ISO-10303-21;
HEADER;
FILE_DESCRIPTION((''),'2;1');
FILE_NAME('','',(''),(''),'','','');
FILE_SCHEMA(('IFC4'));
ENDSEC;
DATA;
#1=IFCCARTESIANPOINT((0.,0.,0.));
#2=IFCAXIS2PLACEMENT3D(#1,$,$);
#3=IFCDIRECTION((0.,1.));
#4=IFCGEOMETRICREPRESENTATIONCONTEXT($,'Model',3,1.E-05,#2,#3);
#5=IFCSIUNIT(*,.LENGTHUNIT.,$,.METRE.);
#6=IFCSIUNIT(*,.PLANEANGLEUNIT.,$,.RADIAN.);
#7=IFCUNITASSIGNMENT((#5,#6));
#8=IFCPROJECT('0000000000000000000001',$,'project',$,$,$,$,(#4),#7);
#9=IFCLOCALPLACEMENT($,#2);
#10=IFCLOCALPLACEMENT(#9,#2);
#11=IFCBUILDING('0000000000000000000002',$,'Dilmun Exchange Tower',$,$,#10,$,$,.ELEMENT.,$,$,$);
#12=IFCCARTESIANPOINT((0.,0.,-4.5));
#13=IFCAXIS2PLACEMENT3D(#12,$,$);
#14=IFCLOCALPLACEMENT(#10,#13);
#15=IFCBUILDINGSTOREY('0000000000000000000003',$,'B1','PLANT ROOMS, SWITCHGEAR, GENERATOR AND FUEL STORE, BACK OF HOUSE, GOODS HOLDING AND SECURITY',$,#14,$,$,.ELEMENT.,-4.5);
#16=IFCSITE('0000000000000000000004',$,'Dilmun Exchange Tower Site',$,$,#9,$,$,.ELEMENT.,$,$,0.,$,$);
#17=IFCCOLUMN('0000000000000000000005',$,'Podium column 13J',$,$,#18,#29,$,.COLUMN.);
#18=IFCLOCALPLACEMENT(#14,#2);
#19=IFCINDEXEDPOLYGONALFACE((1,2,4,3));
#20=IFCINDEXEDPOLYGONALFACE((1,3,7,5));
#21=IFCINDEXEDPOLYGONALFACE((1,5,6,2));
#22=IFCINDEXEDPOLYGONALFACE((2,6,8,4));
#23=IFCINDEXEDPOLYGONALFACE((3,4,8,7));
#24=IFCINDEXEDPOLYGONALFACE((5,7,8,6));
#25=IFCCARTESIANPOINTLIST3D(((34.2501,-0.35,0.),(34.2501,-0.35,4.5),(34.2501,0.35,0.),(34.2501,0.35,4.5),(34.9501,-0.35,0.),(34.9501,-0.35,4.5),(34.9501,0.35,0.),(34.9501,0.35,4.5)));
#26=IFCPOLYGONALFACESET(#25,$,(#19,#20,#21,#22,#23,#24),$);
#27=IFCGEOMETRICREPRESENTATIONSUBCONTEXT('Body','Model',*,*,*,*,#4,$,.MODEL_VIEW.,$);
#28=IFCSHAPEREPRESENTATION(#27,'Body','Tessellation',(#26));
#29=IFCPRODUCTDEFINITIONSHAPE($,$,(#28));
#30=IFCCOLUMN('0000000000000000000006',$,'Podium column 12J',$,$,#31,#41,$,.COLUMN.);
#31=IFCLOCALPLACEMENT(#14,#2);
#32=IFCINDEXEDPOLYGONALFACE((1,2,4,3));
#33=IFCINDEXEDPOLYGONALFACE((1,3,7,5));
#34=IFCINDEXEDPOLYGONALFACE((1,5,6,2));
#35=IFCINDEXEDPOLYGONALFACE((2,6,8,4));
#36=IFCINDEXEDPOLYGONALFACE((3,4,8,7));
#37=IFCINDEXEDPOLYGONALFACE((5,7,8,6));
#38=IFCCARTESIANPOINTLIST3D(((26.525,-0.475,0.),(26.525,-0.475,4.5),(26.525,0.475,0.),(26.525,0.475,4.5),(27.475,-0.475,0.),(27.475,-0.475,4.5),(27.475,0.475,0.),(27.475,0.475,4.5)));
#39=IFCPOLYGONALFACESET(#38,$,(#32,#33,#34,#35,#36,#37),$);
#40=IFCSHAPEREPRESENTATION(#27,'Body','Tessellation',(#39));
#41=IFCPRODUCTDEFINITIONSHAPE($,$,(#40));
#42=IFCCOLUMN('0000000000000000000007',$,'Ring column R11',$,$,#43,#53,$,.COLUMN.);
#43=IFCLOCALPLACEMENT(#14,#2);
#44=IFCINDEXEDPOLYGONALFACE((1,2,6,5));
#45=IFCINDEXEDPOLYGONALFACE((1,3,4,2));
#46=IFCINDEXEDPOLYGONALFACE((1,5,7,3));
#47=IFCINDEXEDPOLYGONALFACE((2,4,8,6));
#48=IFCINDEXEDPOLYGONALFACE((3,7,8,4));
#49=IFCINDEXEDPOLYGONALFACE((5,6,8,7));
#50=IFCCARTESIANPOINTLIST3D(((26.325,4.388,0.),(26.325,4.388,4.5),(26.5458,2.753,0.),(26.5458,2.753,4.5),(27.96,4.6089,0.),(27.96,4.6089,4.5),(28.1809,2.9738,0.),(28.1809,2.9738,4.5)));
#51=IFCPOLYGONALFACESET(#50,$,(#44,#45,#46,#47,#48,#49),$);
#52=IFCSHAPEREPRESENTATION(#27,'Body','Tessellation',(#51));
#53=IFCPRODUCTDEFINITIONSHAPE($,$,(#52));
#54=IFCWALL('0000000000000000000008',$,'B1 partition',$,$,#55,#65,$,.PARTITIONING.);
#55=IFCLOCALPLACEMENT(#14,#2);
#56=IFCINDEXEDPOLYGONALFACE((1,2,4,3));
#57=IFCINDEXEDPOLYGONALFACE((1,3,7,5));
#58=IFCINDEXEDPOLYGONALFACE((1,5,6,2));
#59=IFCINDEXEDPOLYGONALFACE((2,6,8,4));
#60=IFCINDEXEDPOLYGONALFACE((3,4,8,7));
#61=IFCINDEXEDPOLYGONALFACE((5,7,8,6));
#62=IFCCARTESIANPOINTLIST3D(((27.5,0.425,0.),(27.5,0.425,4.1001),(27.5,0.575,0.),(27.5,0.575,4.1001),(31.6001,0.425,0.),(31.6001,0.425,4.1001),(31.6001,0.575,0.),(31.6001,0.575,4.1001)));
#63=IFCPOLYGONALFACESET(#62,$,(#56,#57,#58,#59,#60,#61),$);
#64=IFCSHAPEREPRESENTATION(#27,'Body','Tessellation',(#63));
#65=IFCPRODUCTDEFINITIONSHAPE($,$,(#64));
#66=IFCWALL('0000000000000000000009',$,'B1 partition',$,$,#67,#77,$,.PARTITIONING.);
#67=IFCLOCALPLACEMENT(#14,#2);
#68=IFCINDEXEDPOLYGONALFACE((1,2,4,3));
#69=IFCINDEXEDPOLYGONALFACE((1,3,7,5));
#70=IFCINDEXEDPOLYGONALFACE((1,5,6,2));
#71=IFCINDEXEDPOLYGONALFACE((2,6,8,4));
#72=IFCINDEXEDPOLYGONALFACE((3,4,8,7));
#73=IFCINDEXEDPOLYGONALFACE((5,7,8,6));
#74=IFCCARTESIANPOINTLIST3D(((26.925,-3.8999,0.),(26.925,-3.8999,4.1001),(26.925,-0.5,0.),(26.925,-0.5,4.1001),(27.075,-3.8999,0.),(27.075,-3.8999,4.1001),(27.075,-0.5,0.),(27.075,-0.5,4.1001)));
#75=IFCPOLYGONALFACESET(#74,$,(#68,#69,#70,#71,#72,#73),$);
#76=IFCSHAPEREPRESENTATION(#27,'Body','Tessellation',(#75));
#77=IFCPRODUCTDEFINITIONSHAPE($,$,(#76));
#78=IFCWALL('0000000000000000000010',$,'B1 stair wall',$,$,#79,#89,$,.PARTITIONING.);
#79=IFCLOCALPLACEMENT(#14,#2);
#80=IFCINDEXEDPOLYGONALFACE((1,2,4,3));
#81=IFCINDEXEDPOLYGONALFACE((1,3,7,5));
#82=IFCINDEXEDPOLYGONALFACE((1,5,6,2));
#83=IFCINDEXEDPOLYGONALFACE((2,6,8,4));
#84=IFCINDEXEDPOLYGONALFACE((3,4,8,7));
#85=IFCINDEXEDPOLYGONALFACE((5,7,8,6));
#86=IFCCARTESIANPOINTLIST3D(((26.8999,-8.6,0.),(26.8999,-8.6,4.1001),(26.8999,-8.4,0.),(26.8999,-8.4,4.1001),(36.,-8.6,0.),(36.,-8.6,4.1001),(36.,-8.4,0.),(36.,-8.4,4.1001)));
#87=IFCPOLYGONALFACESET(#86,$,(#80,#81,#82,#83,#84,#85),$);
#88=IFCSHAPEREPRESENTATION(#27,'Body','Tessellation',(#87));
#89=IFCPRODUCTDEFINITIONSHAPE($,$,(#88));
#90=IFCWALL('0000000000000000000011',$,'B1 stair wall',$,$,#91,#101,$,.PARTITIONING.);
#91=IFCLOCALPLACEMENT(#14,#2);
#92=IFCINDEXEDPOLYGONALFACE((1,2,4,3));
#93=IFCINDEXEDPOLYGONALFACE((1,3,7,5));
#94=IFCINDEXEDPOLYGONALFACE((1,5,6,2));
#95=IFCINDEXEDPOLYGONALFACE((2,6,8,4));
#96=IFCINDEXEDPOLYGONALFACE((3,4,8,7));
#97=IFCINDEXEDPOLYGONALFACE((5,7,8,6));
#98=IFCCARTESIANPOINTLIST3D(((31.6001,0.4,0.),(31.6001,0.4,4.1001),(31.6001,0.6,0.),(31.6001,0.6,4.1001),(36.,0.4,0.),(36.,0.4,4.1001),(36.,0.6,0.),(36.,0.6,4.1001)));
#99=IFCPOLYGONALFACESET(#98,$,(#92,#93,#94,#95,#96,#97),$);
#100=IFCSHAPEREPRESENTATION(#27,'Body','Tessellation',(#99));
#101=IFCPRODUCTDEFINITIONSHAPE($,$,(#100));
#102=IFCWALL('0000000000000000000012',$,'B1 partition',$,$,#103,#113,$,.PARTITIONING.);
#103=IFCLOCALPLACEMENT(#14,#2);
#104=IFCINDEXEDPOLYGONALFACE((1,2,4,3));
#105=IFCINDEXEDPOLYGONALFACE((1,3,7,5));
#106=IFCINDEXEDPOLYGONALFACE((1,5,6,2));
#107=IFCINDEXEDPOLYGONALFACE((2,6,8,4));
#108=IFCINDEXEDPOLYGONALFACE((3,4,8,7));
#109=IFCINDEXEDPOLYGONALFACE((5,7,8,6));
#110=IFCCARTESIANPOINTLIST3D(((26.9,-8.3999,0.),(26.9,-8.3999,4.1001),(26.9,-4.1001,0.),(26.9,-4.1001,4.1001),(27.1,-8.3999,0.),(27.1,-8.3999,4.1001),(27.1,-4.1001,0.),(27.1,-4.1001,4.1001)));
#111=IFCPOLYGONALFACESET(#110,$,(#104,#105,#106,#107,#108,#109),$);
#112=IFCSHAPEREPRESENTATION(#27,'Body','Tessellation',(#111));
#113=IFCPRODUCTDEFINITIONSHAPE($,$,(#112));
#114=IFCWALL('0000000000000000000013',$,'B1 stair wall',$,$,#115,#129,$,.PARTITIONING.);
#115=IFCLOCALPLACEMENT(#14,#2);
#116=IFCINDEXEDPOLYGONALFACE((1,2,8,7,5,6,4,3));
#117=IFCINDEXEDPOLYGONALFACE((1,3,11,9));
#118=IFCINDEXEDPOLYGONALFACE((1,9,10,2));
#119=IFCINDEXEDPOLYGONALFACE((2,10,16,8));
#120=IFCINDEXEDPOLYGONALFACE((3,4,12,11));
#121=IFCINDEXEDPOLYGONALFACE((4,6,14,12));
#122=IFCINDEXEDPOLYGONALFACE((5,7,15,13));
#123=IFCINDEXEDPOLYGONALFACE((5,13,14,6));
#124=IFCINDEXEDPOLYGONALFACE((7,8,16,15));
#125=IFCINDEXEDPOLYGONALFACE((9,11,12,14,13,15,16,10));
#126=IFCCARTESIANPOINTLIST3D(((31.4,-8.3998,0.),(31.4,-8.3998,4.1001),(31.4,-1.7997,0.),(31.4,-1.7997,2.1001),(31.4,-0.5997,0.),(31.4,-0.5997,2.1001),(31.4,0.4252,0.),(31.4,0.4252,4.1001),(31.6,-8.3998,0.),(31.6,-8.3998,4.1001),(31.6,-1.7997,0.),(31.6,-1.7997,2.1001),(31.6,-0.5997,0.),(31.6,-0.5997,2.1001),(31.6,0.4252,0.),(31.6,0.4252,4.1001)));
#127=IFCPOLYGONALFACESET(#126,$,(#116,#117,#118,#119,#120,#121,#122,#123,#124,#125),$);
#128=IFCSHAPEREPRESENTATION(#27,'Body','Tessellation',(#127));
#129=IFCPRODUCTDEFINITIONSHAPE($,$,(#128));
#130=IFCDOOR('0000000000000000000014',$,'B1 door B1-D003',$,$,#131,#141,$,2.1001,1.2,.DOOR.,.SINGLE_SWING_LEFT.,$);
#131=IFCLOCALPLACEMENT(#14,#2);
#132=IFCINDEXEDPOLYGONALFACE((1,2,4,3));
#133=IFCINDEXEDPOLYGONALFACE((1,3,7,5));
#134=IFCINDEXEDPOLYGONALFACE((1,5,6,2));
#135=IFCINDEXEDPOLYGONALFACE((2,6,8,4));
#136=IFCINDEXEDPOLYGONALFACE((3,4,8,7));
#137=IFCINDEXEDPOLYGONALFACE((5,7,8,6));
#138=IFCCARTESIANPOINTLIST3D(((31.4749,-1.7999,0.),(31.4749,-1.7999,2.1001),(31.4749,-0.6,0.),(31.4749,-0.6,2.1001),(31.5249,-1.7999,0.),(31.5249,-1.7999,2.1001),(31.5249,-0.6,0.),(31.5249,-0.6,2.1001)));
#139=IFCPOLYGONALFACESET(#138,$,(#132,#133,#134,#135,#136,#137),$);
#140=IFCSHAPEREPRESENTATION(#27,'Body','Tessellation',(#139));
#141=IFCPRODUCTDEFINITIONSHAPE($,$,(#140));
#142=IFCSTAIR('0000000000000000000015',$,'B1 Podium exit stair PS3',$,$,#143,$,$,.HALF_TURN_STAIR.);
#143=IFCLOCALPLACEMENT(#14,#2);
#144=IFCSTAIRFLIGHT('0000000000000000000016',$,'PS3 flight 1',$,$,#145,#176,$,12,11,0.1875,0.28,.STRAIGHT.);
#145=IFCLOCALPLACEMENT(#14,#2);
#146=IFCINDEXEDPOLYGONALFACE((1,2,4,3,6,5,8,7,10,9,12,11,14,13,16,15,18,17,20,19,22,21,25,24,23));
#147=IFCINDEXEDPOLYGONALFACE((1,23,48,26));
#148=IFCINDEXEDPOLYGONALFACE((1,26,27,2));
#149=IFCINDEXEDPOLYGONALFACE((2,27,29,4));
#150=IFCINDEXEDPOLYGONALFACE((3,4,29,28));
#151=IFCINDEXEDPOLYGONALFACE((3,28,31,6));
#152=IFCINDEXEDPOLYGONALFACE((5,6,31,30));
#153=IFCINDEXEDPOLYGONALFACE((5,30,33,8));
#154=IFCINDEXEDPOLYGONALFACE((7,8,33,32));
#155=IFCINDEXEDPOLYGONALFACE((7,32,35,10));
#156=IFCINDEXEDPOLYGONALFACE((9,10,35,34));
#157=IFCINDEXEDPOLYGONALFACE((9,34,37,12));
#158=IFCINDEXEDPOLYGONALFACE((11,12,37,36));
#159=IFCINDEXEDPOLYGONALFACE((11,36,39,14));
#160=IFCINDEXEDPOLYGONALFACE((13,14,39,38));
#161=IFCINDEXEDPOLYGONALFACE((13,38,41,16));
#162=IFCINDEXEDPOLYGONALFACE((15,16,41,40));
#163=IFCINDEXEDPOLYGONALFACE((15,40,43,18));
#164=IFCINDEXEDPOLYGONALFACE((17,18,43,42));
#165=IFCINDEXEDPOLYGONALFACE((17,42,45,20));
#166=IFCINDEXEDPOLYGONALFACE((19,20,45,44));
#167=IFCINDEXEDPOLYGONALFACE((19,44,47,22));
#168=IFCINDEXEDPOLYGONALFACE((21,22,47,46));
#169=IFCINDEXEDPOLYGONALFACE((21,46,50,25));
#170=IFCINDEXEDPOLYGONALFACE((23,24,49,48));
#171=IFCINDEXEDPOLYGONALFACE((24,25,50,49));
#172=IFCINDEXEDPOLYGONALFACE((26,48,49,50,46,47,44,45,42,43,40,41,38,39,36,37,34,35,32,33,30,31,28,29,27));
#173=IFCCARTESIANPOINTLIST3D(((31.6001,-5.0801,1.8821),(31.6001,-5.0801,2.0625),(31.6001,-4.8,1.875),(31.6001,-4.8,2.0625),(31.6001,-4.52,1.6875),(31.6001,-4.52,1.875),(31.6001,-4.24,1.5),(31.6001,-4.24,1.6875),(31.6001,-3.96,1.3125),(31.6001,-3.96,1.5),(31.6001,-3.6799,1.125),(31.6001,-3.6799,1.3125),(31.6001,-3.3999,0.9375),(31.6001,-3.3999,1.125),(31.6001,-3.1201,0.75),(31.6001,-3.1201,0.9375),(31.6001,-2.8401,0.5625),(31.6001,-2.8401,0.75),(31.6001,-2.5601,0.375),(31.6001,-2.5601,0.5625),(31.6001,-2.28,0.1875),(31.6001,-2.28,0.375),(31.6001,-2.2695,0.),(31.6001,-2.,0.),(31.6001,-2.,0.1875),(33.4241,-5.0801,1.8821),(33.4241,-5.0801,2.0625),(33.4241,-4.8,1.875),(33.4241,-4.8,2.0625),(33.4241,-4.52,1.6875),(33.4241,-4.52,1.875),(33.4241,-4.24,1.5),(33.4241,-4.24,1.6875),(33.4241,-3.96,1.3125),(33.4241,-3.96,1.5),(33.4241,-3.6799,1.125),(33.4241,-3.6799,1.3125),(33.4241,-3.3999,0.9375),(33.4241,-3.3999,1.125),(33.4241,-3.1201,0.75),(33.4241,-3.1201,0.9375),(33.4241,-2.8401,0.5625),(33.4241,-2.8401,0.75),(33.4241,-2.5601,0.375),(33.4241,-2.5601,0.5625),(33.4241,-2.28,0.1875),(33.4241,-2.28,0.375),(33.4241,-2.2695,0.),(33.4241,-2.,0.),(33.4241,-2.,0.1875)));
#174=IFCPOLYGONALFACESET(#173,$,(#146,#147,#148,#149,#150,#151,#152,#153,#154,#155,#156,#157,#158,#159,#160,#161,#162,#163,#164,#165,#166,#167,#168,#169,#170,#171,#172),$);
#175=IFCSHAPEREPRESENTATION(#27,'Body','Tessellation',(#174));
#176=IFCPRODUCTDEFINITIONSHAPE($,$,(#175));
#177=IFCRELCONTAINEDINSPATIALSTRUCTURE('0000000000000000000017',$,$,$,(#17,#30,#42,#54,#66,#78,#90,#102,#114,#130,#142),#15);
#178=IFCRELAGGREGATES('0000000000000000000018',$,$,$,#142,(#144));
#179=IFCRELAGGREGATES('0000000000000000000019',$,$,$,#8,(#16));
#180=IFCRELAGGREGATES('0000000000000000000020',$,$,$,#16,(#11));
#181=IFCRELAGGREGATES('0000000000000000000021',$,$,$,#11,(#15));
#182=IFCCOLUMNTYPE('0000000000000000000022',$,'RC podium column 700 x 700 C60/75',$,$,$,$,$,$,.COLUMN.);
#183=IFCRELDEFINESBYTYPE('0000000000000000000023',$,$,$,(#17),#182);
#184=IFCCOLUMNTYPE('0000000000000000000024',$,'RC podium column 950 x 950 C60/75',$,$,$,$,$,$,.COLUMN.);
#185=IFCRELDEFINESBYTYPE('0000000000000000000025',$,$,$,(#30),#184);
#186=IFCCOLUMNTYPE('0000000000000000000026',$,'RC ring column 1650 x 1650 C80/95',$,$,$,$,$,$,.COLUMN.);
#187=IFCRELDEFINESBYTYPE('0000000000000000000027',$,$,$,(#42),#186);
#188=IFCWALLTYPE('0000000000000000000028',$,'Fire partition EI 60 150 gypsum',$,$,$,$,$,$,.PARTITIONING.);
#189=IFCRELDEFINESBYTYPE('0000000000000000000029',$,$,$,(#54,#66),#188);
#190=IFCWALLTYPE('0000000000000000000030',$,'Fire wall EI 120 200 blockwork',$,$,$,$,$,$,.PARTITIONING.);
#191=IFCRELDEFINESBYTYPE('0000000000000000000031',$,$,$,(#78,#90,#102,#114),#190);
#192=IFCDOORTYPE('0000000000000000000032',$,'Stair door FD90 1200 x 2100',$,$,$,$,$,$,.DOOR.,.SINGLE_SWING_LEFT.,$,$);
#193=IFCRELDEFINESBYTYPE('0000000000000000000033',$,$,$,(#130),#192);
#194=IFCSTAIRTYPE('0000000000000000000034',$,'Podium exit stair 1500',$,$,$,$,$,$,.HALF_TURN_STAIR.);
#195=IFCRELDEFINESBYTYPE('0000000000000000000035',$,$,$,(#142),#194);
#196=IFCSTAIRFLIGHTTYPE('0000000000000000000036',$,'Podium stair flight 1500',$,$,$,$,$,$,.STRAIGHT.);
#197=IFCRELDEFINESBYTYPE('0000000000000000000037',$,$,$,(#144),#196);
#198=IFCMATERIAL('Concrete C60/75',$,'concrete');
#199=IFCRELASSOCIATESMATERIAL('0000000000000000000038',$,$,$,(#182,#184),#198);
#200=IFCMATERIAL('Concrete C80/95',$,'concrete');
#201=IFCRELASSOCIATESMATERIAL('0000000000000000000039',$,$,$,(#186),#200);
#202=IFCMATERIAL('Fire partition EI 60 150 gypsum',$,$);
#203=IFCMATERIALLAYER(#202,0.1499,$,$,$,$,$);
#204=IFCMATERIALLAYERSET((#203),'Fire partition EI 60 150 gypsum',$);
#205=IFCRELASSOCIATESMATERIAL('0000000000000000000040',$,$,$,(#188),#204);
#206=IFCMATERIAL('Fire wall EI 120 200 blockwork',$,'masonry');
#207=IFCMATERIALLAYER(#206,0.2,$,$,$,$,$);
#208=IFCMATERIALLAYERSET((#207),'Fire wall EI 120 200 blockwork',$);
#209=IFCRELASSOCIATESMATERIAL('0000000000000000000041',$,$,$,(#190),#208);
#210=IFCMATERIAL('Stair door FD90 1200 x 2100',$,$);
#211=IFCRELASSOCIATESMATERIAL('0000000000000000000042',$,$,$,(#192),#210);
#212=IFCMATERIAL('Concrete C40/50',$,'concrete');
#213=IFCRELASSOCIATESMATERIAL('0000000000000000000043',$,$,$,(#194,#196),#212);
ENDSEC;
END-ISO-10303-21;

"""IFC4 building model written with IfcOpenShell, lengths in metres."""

from ifc_helpers import new_model, si_unit, direction, frame, frame_2d, origin, origin_2d, place, context, subcontext, project, spatial, polyline, rectangle, outline, extrude, material, layer, layer_set, material_profile, profile_set, type_object, element, fill, aggregate, save


model = new_model("IFC4")

# Units and contexts
model_context = context("Model", 3, precision=1e-05, world=origin(), true_north=direction((0.0, 1.0)))
body_context = subcontext(model_context, "Body", "Model", "MODEL_VIEW")
ifc_project = project(units=[si_unit("LENGTHUNIT", "METRE"), si_unit("PLANEANGLEUNIT", "RADIAN")], contexts=[model_context])

# Site, building, storey
site_placement = place(None, origin())
site = spatial("IfcSite", under=ifc_project, at=site_placement, Name="Dilmun Exchange Tower Site", CompositionType="ELEMENT", RefElevation=0.0)
building_placement = place(site_placement, origin())
building = spatial("IfcBuilding", under=site, at=building_placement, Name="Dilmun Exchange Tower", CompositionType="ELEMENT")
storey_placement = place(building_placement, frame((0.0, 0.0, -4.5)))
storey = spatial("IfcBuildingStorey", under=building, at=storey_placement, Name="B1", Description="PLANT ROOMS, SWITCHGEAR, GENERATOR AND FUEL STORE, BACK OF HOUSE, GOODS HOLDING AND SECURITY", CompositionType="ELEMENT", Elevation=-4.5)

# Columns
ifc_material_1 = material(Name="Concrete C60/75", Category="concrete")
ifc_material_profile_1 = material_profile(ifc_material_1, rectangle(XDim=0.7, YDim=0.7, at=origin_2d()), Name="700 x 700")
ifc_profile_set_1 = profile_set([ifc_material_profile_1], Name="Concrete C60/75")
column_type_1 = type_object("IfcColumnType", Name="RC podium column 700 x 700 C60/75", PredefinedType="COLUMN", material=ifc_profile_set_1)
column_1_placement = place(storey_placement, frame((34.6001, 0.0, 0.0), z_axis=(0.0, 0.0, 1.0), x_axis=(1.0, 0.0, 0.0)))
element("IfcColumn", 1, at=column_1_placement, inside=storey, type_object=column_type_1, Name="Podium column 13J", PredefinedType="COLUMN", context=body_context, shape_type="SweptSolid", body=[
    extrude(rectangle(XDim=0.7, YDim=0.7, at=origin_2d()), origin(), (0.0, 0.0, 1.0), 4.5),
])
ifc_material_profile_2 = material_profile(ifc_material_1, rectangle(XDim=0.95, YDim=0.95, at=origin_2d()), Name="950 x 950")
ifc_profile_set_2 = profile_set([ifc_material_profile_2], Name="Concrete C60/75")
column_type_2 = type_object("IfcColumnType", Name="RC podium column 950 x 950 C60/75", PredefinedType="COLUMN", material=ifc_profile_set_2)
column_2_placement = place(storey_placement, frame((27.0, 0.0, 0.0), z_axis=(0.0, 0.0, 1.0), x_axis=(1.0, 0.0, 0.0)))
element("IfcColumn", 2, at=column_2_placement, inside=storey, type_object=column_type_2, Name="Podium column 12J", PredefinedType="COLUMN", context=body_context, shape_type="SweptSolid", body=[
    extrude(rectangle(XDim=0.95, YDim=0.95, at=origin_2d()), origin(), (0.0, 0.0, 1.0), 4.5),
])
ifc_material_2 = material(Name="Concrete C80/95", Category="concrete")
ifc_material_profile_3 = material_profile(ifc_material_2, rectangle(XDim=1.6499, YDim=1.6499, at=origin_2d()), Name="1650 x 1650")
ifc_profile_set_3 = profile_set([ifc_material_profile_3], Name="Concrete C80/95")
column_type_3 = type_object("IfcColumnType", Name="RC ring column 1650 x 1650 C80/95", PredefinedType="COLUMN", material=ifc_profile_set_3)
column_3_placement = place(storey_placement, frame((27.2529, 3.6809, 0.0), z_axis=(0.0, 0.0, 1.0), x_axis=(0.991001, 0.133853, 0.0)))
element("IfcColumn", 3, at=column_3_placement, inside=storey, type_object=column_type_3, Name="Ring column R11", PredefinedType="COLUMN", context=body_context, shape_type="SweptSolid", body=[
    extrude(rectangle(XDim=1.6499, YDim=1.6499, at=origin_2d()), origin(), (0.0, 0.0, 1.0), 4.5),
])

# Walls
ifc_material_3 = material(Name="Fire partition EI 60 150 gypsum")
ifc_layer_1 = layer(ifc_material_3, 0.1499)
ifc_layer_set_1 = layer_set([ifc_layer_1], Name="Fire partition EI 60 150 gypsum")
wall_type_1 = type_object("IfcWallType", Name="Fire partition EI 60 150 gypsum", PredefinedType="PARTITIONING", material=ifc_layer_set_1)
wall_1_placement = place(storey_placement, frame((27.5, 0.5, 0.0), z_axis=(0.0, 0.0, 1.0), x_axis=(1.0, 0.0, 0.0)))
element("IfcWall", 4, at=wall_1_placement, inside=storey, type_object=wall_type_1, Name="B1 partition", PredefinedType="PARTITIONING", context=body_context, shape_type="SweptSolid", body=[
    extrude(rectangle(XDim=4.1001, YDim=0.1499, at=frame_2d((2.05, 0.0))), origin(), (0.0, 0.0, 1.0), 4.1001),
])
wall_2_placement = place(storey_placement, frame((27.0, -3.8999, 0.0), z_axis=(0.0, 0.0, 1.0), x_axis=(0.0, 1.0, 0.0)))
element("IfcWall", 5, at=wall_2_placement, inside=storey, type_object=wall_type_1, Name="B1 partition", PredefinedType="PARTITIONING", context=body_context, shape_type="SweptSolid", body=[
    extrude(rectangle(XDim=3.3999, YDim=0.1499, at=frame_2d((1.7, 0.0))), origin(), (0.0, 0.0, 1.0), 4.1001),
])
ifc_material_4 = material(Name="Fire wall EI 120 200 blockwork", Category="masonry")
ifc_layer_2 = layer(ifc_material_4, 0.2)
ifc_layer_set_2 = layer_set([ifc_layer_2], Name="Fire wall EI 120 200 blockwork")
wall_type_2 = type_object("IfcWallType", Name="Fire wall EI 120 200 blockwork", PredefinedType="PARTITIONING", material=ifc_layer_set_2)
wall_3_placement = place(storey_placement, frame((26.8999, -8.5, 0.0), z_axis=(0.0, 0.0, 1.0), x_axis=(1.0, 0.0, 0.0)))
element("IfcWall", 6, at=wall_3_placement, inside=storey, type_object=wall_type_2, Name="B1 stair wall", PredefinedType="PARTITIONING", context=body_context, shape_type="SweptSolid", body=[
    extrude(rectangle(XDim=9.1001, YDim=0.2, at=frame_2d((4.55, 0.0))), origin(), (0.0, 0.0, 1.0), 4.1001),
])
wall_4_placement = place(storey_placement, frame((31.6001, 0.5, 0.0), z_axis=(0.0, 0.0, 1.0), x_axis=(1.0, 0.0, 0.0)))
element("IfcWall", 7, at=wall_4_placement, inside=storey, type_object=wall_type_2, Name="B1 stair wall", PredefinedType="PARTITIONING", context=body_context, shape_type="SweptSolid", body=[
    extrude(rectangle(XDim=4.3999, YDim=0.2, at=frame_2d((2.2, 0.0))), origin(), (0.0, 0.0, 1.0), 4.1001),
])
wall_5_placement = place(storey_placement, frame((27.0, -8.3999, 0.0), z_axis=(0.0, 0.0, 1.0), x_axis=(0.0, 1.0, 0.0)))
element("IfcWall", 8, at=wall_5_placement, inside=storey, type_object=wall_type_2, Name="B1 partition", PredefinedType="PARTITIONING", context=body_context, shape_type="SweptSolid", body=[
    extrude(rectangle(XDim=4.2998, YDim=0.2, at=frame_2d((2.1499, 0.0))), origin(), (0.0, 0.0, 1.0), 4.1001),
])

# Wall, opening, door
wall_6_placement = place(storey_placement, frame((31.5, -8.3999, 0.0), z_axis=(0.0, 0.0, 1.0), x_axis=(0.0, 1.0, 0.0)))
wall_6 = element("IfcWall", 9, at=wall_6_placement, inside=storey, type_object=wall_type_2, Name="B1 stair wall", PredefinedType="PARTITIONING", context=body_context, shape_type="SweptSolid", body=[
    extrude(rectangle(XDim=8.825, YDim=0.2, at=frame_2d((4.4126, 0.0))), origin(), (0.0, 0.0, 1.0), 4.1001),
])
opening_placement = place(wall_6_placement, frame((6.6001, 0.0, 0.0)))
opening = element("IfcOpeningElement", 10, at=opening_placement, cuts=wall_6, PredefinedType="OPENING", context=body_context, shape_type="SweptSolid", body=[
    extrude(rectangle(XDim=1.2, YDim=2.1001, at=frame_2d((0.6001, 1.05))), frame((0.0, 0.1099, 0.0), z_axis=(0.0, -1.0, 0.0), x_axis=(1.0, 0.0, 0.0)), (0.0, 0.0, 1.0), 0.22),
])
ifc_material_5 = material(Name="Stair door FD90 1200 x 2100")
door_type = type_object("IfcDoorType", Name="Stair door FD90 1200 x 2100", OperationType="SINGLE_SWING_LEFT", PredefinedType="DOOR", material=ifc_material_5)
door_placement = place(opening_placement, frame((1.2, 0.0, 0.0), z_axis=(0.0, 0.0, 1.0), x_axis=(-1.0, 0.0, 0.0)))
door = element("IfcDoor", 11, at=door_placement, inside=storey, type_object=door_type, Name="B1 door B1-D003", OperationType="SINGLE_SWING_LEFT", OverallHeight=2.1001, OverallWidth=1.2, PredefinedType="DOOR", context=body_context, shape_type="SweptSolid", body=[
    extrude(rectangle(XDim=1.2, YDim=2.1001, at=frame_2d((0.6001, 1.05))), frame((0.0, 0.0249, 0.0), z_axis=(0.0, -1.0, 0.0), x_axis=(1.0, 0.0, 0.0)), (0.0, 0.0, 1.0), 0.05),
])
fill(opening, door)

# Stair, stair flight
ifc_material_6 = material(Name="Concrete C40/50", Category="concrete")
stair_type = type_object("IfcStairType", Name="Podium exit stair 1500", PredefinedType="HALF_TURN_STAIR", material=ifc_material_6)
stair_placement = place(storey_placement, origin())
stair = element("IfcStair", 12, at=stair_placement, inside=storey, type_object=stair_type, Name="B1 Podium exit stair PS3", PredefinedType="HALF_TURN_STAIR")
stair_flight_type = type_object("IfcStairFlightType", Name="Podium stair flight 1500", PredefinedType="STRAIGHT", material=ifc_material_6)
stair_flight_1_placement = place(storey_placement, frame((32.512, -2.0, 0.0), z_axis=(0.0, 0.0, 1.0), x_axis=(0.0, -1.0, 0.0)))
stair_flight_1 = element("IfcStairFlight", 13, at=stair_flight_1_placement, type_object=stair_flight_type, Name="PS3 flight 1", NumberOfRisers=12, NumberOfTreads=11, PredefinedType="STRAIGHT", RiserHeight=0.1875, TreadLength=0.28, context=body_context, shape_type="SweptSolid", body=[
    extrude(outline(polyline([(0.0, 0.0), (0.0, 0.1875), (0.28, 0.1875), (0.28, 0.375), (0.5601, 0.375), (0.5601, 0.5625), (0.8401, 0.5625), (0.8401, 0.75), (1.1201, 0.75), (1.1201, 0.9375), (1.3999, 0.9375), (1.3999, 1.125), (1.6799, 1.125), (1.6799, 1.3125), (1.96, 1.3125), (1.96, 1.5), (2.24, 1.5), (2.24, 1.6875), (2.52, 1.6875), (2.52, 1.875), (2.8, 1.875), (2.8, 2.0625), (3.0801, 2.0625), (3.0801, 2.25), (3.0801, 1.8821), (0.2695, 0.0), (0.0, 0.0)])), frame((0.0, 0.9121, 0.0), z_axis=(0.0, -1.0, 0.0), x_axis=(1.0, 0.0, 0.0)), (0.0, 0.0, 1.0), 1.824),
])
aggregate(stair, [stair_flight_1])

save(model, "model.ifc")
